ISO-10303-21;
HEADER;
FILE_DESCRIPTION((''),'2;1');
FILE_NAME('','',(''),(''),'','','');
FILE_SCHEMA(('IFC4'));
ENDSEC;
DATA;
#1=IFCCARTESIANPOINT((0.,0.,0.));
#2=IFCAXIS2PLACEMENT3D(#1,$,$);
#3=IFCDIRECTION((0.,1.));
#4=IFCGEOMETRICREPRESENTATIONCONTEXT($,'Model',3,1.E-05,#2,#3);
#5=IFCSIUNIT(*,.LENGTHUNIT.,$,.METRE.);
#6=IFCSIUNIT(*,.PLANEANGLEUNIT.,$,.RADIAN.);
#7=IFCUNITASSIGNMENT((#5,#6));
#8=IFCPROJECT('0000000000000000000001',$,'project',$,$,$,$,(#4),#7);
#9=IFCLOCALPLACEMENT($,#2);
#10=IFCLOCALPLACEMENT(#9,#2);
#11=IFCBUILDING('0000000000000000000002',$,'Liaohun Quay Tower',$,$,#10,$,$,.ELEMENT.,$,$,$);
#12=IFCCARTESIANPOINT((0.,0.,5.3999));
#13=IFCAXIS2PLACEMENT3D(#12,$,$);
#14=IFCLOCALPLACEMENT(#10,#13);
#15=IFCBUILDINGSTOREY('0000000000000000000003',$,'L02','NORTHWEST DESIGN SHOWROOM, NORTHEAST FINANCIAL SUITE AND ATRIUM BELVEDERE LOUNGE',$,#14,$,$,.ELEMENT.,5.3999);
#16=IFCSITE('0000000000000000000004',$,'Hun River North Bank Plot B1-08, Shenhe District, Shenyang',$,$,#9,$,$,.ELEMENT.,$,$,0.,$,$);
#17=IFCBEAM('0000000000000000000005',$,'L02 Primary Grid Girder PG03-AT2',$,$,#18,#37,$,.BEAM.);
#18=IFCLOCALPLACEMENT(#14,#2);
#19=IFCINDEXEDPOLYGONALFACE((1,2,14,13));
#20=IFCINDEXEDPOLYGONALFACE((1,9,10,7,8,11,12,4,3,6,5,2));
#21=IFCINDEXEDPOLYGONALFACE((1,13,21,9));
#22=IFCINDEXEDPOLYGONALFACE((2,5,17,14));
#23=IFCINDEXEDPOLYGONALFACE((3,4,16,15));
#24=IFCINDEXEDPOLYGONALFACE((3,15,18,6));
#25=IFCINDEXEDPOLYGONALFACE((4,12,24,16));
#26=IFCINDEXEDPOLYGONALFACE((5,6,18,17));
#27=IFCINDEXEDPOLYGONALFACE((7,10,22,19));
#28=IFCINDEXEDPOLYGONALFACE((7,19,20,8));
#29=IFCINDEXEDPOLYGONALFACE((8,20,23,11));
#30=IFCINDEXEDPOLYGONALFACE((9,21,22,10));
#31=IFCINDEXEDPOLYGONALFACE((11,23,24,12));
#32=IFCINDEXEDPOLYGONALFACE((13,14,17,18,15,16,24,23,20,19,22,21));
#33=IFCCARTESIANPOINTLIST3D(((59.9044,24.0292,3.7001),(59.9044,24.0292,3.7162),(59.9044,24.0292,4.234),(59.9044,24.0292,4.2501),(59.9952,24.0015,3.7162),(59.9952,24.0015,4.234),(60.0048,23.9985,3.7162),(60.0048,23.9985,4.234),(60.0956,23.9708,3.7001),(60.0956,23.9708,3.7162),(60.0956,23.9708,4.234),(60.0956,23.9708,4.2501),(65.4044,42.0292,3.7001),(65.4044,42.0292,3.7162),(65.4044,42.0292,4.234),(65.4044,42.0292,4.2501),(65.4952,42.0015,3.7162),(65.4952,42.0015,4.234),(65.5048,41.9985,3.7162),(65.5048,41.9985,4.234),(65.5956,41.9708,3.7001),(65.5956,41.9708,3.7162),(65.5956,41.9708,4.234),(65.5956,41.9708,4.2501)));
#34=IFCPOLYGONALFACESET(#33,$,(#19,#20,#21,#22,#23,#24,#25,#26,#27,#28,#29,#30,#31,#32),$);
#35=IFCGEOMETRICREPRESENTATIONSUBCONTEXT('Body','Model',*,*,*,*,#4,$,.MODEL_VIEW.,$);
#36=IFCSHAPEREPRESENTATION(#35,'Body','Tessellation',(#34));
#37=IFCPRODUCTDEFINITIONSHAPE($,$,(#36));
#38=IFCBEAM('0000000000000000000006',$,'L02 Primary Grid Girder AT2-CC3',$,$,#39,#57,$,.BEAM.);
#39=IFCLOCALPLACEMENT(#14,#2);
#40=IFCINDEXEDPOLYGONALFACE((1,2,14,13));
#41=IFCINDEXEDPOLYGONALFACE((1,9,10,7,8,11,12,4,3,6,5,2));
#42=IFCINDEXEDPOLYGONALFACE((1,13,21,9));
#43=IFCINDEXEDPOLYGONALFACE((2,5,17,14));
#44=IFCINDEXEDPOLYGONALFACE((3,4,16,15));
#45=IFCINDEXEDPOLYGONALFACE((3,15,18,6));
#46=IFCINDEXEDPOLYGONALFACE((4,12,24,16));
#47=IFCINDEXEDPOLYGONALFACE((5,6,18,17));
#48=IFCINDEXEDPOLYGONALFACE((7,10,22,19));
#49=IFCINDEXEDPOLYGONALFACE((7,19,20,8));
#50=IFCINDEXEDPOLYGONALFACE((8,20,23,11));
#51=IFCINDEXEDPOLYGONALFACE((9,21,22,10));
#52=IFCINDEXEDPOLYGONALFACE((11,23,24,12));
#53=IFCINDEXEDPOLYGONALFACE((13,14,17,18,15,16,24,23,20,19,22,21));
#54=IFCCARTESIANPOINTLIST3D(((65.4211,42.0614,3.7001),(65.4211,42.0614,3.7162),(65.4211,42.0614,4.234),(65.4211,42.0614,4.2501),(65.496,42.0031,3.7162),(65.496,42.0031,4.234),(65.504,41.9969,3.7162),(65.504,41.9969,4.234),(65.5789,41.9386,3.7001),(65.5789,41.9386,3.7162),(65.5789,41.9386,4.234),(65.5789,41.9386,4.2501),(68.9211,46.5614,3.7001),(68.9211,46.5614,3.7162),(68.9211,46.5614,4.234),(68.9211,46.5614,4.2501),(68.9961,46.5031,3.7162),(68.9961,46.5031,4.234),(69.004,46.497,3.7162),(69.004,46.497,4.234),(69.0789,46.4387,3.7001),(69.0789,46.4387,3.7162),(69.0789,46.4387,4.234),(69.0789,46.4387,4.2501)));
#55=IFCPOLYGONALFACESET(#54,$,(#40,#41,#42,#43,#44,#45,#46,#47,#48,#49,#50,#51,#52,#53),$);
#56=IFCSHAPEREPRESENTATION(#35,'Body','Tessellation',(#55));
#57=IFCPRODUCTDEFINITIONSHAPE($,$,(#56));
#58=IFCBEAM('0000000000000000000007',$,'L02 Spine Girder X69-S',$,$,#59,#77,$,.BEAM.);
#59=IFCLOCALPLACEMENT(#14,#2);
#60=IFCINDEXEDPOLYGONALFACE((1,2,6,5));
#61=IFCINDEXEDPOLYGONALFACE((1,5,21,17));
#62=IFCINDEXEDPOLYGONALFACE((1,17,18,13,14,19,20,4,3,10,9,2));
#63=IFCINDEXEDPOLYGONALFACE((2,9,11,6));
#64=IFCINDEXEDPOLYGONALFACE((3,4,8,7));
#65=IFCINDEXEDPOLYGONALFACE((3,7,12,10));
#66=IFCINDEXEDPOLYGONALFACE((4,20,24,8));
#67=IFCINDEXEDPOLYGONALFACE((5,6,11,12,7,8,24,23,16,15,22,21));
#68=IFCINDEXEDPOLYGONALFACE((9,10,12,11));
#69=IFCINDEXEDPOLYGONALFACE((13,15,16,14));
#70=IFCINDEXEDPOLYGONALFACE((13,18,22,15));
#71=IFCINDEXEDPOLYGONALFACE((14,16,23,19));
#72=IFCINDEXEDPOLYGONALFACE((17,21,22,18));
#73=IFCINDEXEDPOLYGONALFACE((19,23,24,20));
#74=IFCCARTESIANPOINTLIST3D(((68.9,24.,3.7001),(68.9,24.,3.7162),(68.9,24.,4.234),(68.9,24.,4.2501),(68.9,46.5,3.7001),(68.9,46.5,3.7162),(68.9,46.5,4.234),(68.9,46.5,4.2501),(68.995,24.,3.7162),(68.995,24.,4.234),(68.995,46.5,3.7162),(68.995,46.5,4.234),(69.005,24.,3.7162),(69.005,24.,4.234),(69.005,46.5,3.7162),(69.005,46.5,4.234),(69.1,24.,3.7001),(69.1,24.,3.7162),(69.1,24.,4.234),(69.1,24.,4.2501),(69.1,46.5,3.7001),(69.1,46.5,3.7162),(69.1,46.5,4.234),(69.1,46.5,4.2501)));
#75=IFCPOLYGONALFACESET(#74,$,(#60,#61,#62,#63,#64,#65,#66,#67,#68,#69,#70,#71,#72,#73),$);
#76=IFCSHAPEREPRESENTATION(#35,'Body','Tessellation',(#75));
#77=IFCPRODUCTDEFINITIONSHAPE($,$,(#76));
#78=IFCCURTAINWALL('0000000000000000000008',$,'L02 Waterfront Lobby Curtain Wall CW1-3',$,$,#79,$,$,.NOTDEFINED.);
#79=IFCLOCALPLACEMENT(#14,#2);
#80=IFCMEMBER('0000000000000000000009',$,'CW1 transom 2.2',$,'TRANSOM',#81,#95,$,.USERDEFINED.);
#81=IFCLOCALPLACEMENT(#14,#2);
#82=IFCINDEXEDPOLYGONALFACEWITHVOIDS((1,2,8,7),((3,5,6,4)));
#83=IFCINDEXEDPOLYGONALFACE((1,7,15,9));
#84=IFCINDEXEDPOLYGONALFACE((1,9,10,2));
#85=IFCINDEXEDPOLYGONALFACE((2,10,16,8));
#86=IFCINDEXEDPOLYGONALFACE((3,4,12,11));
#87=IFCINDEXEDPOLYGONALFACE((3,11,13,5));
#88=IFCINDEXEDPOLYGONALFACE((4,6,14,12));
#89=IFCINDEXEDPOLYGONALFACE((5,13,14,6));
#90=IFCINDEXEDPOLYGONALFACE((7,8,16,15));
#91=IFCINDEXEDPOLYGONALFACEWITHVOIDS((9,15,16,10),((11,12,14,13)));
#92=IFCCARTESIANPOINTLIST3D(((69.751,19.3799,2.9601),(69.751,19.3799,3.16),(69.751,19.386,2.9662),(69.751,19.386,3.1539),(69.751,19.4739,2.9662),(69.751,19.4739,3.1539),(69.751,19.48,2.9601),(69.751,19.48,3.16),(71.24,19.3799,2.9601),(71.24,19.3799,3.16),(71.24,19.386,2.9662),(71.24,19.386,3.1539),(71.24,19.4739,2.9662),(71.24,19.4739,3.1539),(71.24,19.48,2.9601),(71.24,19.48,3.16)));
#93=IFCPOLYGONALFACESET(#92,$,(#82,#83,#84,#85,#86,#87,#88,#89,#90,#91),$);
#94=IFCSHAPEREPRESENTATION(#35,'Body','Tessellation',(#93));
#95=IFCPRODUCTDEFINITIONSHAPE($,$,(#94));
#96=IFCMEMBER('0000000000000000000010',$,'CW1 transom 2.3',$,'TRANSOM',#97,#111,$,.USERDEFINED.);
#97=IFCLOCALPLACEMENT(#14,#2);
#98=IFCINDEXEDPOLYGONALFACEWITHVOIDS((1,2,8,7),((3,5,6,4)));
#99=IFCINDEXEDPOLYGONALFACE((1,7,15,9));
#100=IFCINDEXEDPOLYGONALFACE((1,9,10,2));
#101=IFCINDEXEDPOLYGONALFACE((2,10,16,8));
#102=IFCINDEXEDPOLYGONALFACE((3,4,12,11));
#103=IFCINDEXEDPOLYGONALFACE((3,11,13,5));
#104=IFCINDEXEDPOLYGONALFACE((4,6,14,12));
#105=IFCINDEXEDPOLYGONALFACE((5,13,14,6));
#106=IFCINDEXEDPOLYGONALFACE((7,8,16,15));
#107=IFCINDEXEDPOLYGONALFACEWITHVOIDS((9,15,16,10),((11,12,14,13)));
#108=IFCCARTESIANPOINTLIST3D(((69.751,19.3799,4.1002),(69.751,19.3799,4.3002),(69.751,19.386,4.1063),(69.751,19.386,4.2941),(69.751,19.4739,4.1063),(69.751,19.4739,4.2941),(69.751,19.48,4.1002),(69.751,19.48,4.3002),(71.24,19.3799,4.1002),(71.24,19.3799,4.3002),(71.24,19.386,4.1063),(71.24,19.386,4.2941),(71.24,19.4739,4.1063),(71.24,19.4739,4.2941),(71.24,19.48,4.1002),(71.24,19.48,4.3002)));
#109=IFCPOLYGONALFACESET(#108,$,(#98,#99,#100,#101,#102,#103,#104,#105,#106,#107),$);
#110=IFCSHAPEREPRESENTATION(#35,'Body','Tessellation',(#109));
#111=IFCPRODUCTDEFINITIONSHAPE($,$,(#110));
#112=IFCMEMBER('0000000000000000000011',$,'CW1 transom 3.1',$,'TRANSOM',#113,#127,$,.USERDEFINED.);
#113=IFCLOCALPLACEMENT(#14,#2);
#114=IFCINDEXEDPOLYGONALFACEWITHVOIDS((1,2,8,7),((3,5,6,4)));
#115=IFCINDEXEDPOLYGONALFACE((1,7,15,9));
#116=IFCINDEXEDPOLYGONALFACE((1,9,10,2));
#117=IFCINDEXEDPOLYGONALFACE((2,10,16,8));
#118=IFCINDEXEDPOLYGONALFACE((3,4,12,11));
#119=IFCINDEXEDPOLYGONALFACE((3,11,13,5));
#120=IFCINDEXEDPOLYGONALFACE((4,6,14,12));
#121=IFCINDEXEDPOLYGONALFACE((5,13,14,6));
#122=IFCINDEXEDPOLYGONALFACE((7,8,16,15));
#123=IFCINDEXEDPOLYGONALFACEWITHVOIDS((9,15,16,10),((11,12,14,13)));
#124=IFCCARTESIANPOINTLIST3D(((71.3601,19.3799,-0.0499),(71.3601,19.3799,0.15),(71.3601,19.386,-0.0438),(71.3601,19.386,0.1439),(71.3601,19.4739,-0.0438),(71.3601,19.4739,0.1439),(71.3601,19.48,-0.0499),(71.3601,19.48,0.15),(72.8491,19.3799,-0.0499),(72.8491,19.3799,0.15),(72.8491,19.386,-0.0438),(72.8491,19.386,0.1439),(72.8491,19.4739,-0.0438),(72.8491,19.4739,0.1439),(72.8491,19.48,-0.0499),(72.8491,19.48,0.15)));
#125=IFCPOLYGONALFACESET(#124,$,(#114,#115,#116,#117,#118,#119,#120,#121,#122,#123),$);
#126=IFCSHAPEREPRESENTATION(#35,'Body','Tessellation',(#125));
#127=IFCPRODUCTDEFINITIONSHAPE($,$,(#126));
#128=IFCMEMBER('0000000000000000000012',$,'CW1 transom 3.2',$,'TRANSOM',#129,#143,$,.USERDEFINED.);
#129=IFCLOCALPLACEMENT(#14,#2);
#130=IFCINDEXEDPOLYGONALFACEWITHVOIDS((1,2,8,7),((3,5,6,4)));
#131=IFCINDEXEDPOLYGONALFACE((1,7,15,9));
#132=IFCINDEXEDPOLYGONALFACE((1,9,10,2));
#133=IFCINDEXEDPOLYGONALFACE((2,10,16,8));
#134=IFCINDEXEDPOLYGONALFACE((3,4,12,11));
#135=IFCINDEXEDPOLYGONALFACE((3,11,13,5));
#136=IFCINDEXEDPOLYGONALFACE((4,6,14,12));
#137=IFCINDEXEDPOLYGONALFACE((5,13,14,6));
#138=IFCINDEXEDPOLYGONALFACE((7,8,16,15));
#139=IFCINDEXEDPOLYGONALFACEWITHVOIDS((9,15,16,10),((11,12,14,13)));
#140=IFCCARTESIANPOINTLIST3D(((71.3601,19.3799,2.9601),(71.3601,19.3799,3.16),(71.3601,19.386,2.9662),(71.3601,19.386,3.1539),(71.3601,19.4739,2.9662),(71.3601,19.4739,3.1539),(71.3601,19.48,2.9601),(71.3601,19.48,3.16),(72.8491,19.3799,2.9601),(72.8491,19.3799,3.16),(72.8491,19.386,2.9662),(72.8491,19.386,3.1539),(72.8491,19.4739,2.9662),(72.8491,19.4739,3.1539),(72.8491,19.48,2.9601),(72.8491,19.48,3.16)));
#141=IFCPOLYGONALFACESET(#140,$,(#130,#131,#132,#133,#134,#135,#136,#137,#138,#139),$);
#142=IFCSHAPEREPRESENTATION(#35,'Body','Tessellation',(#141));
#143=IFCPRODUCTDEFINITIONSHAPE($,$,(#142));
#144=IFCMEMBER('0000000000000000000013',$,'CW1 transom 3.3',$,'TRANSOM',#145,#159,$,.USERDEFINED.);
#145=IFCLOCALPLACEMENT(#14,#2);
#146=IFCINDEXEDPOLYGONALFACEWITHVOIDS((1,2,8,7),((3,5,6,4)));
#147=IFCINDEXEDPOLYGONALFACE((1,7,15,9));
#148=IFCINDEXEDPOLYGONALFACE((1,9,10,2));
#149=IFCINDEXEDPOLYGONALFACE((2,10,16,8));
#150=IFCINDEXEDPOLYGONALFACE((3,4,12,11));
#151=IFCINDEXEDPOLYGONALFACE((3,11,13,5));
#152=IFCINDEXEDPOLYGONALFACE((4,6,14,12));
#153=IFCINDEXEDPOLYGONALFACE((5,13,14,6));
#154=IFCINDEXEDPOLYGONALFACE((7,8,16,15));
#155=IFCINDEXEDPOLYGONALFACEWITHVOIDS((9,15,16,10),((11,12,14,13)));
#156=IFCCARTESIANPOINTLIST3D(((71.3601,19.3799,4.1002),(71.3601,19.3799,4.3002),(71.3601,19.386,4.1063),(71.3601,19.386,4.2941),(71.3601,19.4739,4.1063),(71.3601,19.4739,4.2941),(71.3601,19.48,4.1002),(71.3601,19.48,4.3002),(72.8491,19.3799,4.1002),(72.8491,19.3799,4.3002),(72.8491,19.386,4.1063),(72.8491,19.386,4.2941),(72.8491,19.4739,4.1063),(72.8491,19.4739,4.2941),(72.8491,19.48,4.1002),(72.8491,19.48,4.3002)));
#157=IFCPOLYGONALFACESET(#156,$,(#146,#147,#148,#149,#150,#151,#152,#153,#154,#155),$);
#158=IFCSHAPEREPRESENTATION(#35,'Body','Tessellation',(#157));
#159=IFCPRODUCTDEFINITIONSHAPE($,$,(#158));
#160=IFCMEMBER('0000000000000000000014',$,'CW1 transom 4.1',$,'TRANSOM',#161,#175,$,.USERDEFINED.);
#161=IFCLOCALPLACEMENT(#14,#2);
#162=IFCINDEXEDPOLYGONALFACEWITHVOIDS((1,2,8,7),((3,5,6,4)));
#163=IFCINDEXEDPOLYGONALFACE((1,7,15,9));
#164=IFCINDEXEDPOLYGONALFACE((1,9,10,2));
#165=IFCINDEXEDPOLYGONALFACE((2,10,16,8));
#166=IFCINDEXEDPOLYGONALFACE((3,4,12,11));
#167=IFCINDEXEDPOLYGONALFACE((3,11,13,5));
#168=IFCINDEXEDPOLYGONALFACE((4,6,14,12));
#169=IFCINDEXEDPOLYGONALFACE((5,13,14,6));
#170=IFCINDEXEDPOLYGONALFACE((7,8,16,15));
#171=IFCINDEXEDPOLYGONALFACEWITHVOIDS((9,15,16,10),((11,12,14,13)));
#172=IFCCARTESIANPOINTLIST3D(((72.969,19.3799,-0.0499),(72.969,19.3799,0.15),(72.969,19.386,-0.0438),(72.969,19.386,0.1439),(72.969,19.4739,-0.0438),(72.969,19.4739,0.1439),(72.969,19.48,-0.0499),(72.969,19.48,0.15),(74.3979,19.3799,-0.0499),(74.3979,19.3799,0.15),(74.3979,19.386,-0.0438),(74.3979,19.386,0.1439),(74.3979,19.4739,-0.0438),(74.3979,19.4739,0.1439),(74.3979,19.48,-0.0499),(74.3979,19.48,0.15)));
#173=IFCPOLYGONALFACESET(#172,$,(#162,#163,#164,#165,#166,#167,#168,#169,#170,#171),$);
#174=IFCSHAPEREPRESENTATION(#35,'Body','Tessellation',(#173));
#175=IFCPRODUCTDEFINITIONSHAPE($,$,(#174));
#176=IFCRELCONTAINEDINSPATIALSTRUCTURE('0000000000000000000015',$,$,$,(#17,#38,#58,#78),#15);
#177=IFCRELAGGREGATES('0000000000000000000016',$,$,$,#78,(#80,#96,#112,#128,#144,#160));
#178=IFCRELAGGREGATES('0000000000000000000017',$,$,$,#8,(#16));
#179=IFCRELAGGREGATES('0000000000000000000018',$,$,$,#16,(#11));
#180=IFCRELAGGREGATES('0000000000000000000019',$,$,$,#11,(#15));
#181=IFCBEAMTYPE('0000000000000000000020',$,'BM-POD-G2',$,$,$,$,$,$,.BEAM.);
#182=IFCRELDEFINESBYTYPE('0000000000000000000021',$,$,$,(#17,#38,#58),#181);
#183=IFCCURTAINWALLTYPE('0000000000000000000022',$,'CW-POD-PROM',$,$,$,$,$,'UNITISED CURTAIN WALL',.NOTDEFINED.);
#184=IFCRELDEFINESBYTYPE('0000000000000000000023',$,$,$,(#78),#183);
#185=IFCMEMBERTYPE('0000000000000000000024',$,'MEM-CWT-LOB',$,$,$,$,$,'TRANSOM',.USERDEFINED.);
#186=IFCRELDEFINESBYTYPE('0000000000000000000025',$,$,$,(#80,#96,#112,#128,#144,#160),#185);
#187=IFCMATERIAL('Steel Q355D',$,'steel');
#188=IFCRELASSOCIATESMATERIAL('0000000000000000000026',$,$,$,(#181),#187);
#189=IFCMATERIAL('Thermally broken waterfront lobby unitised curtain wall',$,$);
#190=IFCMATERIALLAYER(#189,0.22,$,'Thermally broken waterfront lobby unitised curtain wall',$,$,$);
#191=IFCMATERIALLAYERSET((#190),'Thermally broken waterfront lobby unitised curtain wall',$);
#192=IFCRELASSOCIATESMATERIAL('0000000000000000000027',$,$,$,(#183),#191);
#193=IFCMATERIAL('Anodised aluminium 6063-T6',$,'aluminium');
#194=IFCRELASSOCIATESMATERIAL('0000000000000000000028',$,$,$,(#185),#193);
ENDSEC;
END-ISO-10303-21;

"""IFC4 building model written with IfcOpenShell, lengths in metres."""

from ifc_helpers import new_model, si_unit, direction, frame, origin, origin_2d, place, context, subcontext, project, spatial, hollow_rectangle, i_section, extrude, source, transform, mapped, material, layer, layer_set, material_profile, profile_set, type_object, element, aggregate, save


model = new_model("IFC4")

# Units and contexts
model_context = context("Model", 3, precision=1e-05, world=origin(), true_north=direction((0.0, 1.0)))
body_context = subcontext(model_context, "Body", "Model", "MODEL_VIEW")
ifc_project = project(units=[si_unit("LENGTHUNIT", "METRE"), si_unit("PLANEANGLEUNIT", "RADIAN")], contexts=[model_context])

# Site, building, storey
site_placement = place(None, origin())
site = spatial("IfcSite", under=ifc_project, at=site_placement, Name="Hun River North Bank Plot B1-08, Shenhe District, Shenyang", CompositionType="ELEMENT", RefElevation=0.0)
building_placement = place(site_placement, origin())
building = spatial("IfcBuilding", under=site, at=building_placement, Name="Liaohun Quay Tower", CompositionType="ELEMENT")
storey_placement = place(building_placement, frame((0.0, 0.0, 5.3999)))
storey = spatial("IfcBuildingStorey", under=building, at=storey_placement, Name="L02", Description="NORTHWEST DESIGN SHOWROOM, NORTHEAST FINANCIAL SUITE AND ATRIUM BELVEDERE LOUNGE", CompositionType="ELEMENT", Elevation=5.3999)

# Shared definitions
ifc_material_1 = material(Name="Steel Q355D", Category="steel")

# Beams
ifc_material_profile_1 = material_profile(ifc_material_1, i_section(OverallWidth=0.2, OverallDepth=0.55, WebThickness=0.01, FlangeThickness=0.0161, at=origin_2d()), Name="HN550x200x10x16")
ifc_profile_set_1 = profile_set([ifc_material_profile_1], Name="Steel Q355D")
beam_type_1 = type_object("IfcBeamType", Name="BM-POD-G2", PredefinedType="BEAM", material=ifc_profile_set_1)
shared_shape_1 = source(origin(), body_context, "Body", "SweptSolid", [
    extrude(i_section(OverallWidth=0.2, OverallDepth=0.55, WebThickness=0.01, FlangeThickness=0.0161, at=origin_2d()), origin(), (0.0, 0.0, 1.0), 18.8215),
])
for number, where, z_axis, x_axis, name in (
    (1, (60.0, 24.0, 3.9751), (0.292219, 0.956352, 0.0), (-0.956352, 0.292219, 0.0), "L02 Primary Grid Girder PG03-AT2"),
):
    element("IfcBeam", number, at=place(storey_placement, frame(where, z_axis=z_axis, x_axis=x_axis)), inside=storey, type_object=beam_type_1, Name=name, PredefinedType="BEAM", context=body_context, shape_type="MappedRepresentation", body=[
        mapped(shared_shape_1, transform((0.0, 0.0, 0.0), x_axis=(1.0, 0.0, 0.0), y_axis=(0.0, 1.0, 0.0), z_axis=(0.0, 0.0, 1.0), scale=1.0)),
    ])
shared_shape_2 = source(origin(), body_context, "Body", "SweptSolid", [
    extrude(i_section(OverallWidth=0.2, OverallDepth=0.55, WebThickness=0.01, FlangeThickness=0.0161, at=origin_2d()), origin(), (0.0, 0.0, 1.0), 5.7009),
])
beam_1_placement = place(storey_placement, frame((65.5, 42.0, 3.9751), z_axis=(0.613941, 0.789352, 0.0), x_axis=(-0.789352, 0.613941, 0.0)))
element("IfcBeam", 2, at=beam_1_placement, inside=storey, type_object=beam_type_1, Name="L02 Primary Grid Girder AT2-CC3", PredefinedType="BEAM", context=body_context, shape_type="MappedRepresentation", body=[
    mapped(shared_shape_2, transform((0.0, 0.0, 0.0), x_axis=(1.0, 0.0, 0.0), y_axis=(0.0, 1.0, 0.0), z_axis=(0.0, 0.0, 1.0), scale=1.0)),
])
shared_shape_3 = source(origin(), body_context, "Body", "SweptSolid", [
    extrude(i_section(OverallWidth=0.2, OverallDepth=0.55, WebThickness=0.01, FlangeThickness=0.0161, at=origin_2d()), origin(), (0.0, 0.0, 1.0), 22.5),
])
beam_2_placement = place(storey_placement, frame((69.0, 24.0, 3.9751), z_axis=(0.0, 1.0, 0.0), x_axis=(-1.0, 0.0, 0.0)))
element("IfcBeam", 3, at=beam_2_placement, inside=storey, type_object=beam_type_1, Name="L02 Spine Girder X69-S", PredefinedType="BEAM", context=body_context, shape_type="MappedRepresentation", body=[
    mapped(shared_shape_3, transform((0.0, 0.0, 0.0), x_axis=(1.0, 0.0, 0.0), y_axis=(0.0, 1.0, 0.0), z_axis=(0.0, 0.0, 1.0), scale=1.0)),
])

# Curtain wall, members
ifc_material_2 = material(Name="Thermally broken waterfront lobby unitised curtain wall")
ifc_layer_1 = layer(ifc_material_2, 0.22, Name="Thermally broken waterfront lobby unitised curtain wall")
ifc_layer_set_1 = layer_set([ifc_layer_1], Name="Thermally broken waterfront lobby unitised curtain wall")
curtain_wall_type = type_object("IfcCurtainWallType", Name="CW-POD-PROM", ElementType="UNITISED CURTAIN WALL", PredefinedType="NOTDEFINED", material=ifc_layer_set_1)
curtain_wall_placement = place(storey_placement, origin())
curtain_wall = element("IfcCurtainWall", 4, at=curtain_wall_placement, inside=storey, type_object=curtain_wall_type, Name="L02 Waterfront Lobby Curtain Wall CW1-3", PredefinedType="NOTDEFINED")
ifc_material_3 = material(Name="Anodised aluminium 6063-T6", Category="aluminium")
ifc_material_profile_2 = material_profile(ifc_material_3, hollow_rectangle(XDim=0.1001, YDim=0.2, WallThickness=0.0061, at=origin_2d()), Name="RHS200x100x6")
ifc_profile_set_2 = profile_set([ifc_material_profile_2], Name="Anodised aluminium 6063-T6")
member_type_1 = type_object("IfcMemberType", Name="MEM-CWT-LOB", ElementType="TRANSOM", PredefinedType="USERDEFINED", material=ifc_profile_set_2)
shared_shape_4 = source(origin(), body_context, "Body", "SweptSolid", [
    extrude(hollow_rectangle(XDim=0.1001, YDim=0.2, WallThickness=0.0061, at=origin_2d()), origin(), (0.0, 0.0, 1.0), 1.489),
])
member_1_placement = place(storey_placement, frame((69.751, 19.4299, 3.0601), z_axis=(1.0, 0.0, 0.0), x_axis=(0.0, 1.0, 0.0)))
member_1 = element("IfcMember", 5, at=member_1_placement, type_object=member_type_1, Name="CW1 transom 2.2", ObjectType="TRANSOM", PredefinedType="USERDEFINED", context=body_context, shape_type="MappedRepresentation", body=[
    mapped(shared_shape_4, transform((0.0, 0.0, 0.0), x_axis=(1.0, 0.0, 0.0), y_axis=(0.0, 1.0, 0.0), z_axis=(0.0, 0.0, 1.0), scale=1.0)),
])
member_2_placement = place(storey_placement, frame((69.751, 19.4299, 4.2002), z_axis=(1.0, 0.0, 0.0), x_axis=(0.0, 1.0, 0.0)))
member_2 = element("IfcMember", 6, at=member_2_placement, type_object=member_type_1, Name="CW1 transom 2.3", ObjectType="TRANSOM", PredefinedType="USERDEFINED", context=body_context, shape_type="MappedRepresentation", body=[
    mapped(shared_shape_4, transform((0.0, 0.0, 0.0), x_axis=(1.0, 0.0, 0.0), y_axis=(0.0, 1.0, 0.0), z_axis=(0.0, 0.0, 1.0), scale=1.0)),
])
member_3_placement = place(storey_placement, frame((71.3601, 19.4299, 0.05), z_axis=(1.0, 0.0, 0.0), x_axis=(0.0, 1.0, 0.0)))
member_3 = element("IfcMember", 7, at=member_3_placement, type_object=member_type_1, Name="CW1 transom 3.1", ObjectType="TRANSOM", PredefinedType="USERDEFINED", context=body_context, shape_type="MappedRepresentation", body=[
    mapped(shared_shape_4, transform((0.0, 0.0, 0.0), x_axis=(1.0, 0.0, 0.0), y_axis=(0.0, 1.0, 0.0), z_axis=(0.0, 0.0, 1.0), scale=1.0)),
])
member_4_placement = place(storey_placement, frame((71.3601, 19.4299, 3.0601), z_axis=(1.0, 0.0, 0.0), x_axis=(0.0, 1.0, 0.0)))
member_4 = element("IfcMember", 8, at=member_4_placement, type_object=member_type_1, Name="CW1 transom 3.2", ObjectType="TRANSOM", PredefinedType="USERDEFINED", context=body_context, shape_type="MappedRepresentation", body=[
    mapped(shared_shape_4, transform((0.0, 0.0, 0.0), x_axis=(1.0, 0.0, 0.0), y_axis=(0.0, 1.0, 0.0), z_axis=(0.0, 0.0, 1.0), scale=1.0)),
])
member_5_placement = place(storey_placement, frame((71.3601, 19.4299, 4.2002), z_axis=(1.0, 0.0, 0.0), x_axis=(0.0, 1.0, 0.0)))
member_5 = element("IfcMember", 9, at=member_5_placement, type_object=member_type_1, Name="CW1 transom 3.3", ObjectType="TRANSOM", PredefinedType="USERDEFINED", context=body_context, shape_type="MappedRepresentation", body=[
    mapped(shared_shape_4, transform((0.0, 0.0, 0.0), x_axis=(1.0, 0.0, 0.0), y_axis=(0.0, 1.0, 0.0), z_axis=(0.0, 0.0, 1.0), scale=1.0)),
])
shared_shape_5 = source(origin(), body_context, "Body", "SweptSolid", [
    extrude(hollow_rectangle(XDim=0.1001, YDim=0.2, WallThickness=0.0061, at=origin_2d()), origin(), (0.0, 0.0, 1.0), 1.429),
])
member_6_placement = place(storey_placement, frame((72.969, 19.4299, 0.05), z_axis=(1.0, 0.0, 0.0), x_axis=(0.0, 1.0, 0.0)))
member_6 = element("IfcMember", 10, at=member_6_placement, type_object=member_type_1, Name="CW1 transom 4.1", ObjectType="TRANSOM", PredefinedType="USERDEFINED", context=body_context, shape_type="MappedRepresentation", body=[
    mapped(shared_shape_5, transform((0.0, 0.0, 0.0), x_axis=(1.0, 0.0, 0.0), y_axis=(0.0, 1.0, 0.0), z_axis=(0.0, 0.0, 1.0), scale=1.0)),
])
aggregate(curtain_wall, [member_1, member_2, member_3, member_4, member_5, member_6])

save(model, "model.ifc")
